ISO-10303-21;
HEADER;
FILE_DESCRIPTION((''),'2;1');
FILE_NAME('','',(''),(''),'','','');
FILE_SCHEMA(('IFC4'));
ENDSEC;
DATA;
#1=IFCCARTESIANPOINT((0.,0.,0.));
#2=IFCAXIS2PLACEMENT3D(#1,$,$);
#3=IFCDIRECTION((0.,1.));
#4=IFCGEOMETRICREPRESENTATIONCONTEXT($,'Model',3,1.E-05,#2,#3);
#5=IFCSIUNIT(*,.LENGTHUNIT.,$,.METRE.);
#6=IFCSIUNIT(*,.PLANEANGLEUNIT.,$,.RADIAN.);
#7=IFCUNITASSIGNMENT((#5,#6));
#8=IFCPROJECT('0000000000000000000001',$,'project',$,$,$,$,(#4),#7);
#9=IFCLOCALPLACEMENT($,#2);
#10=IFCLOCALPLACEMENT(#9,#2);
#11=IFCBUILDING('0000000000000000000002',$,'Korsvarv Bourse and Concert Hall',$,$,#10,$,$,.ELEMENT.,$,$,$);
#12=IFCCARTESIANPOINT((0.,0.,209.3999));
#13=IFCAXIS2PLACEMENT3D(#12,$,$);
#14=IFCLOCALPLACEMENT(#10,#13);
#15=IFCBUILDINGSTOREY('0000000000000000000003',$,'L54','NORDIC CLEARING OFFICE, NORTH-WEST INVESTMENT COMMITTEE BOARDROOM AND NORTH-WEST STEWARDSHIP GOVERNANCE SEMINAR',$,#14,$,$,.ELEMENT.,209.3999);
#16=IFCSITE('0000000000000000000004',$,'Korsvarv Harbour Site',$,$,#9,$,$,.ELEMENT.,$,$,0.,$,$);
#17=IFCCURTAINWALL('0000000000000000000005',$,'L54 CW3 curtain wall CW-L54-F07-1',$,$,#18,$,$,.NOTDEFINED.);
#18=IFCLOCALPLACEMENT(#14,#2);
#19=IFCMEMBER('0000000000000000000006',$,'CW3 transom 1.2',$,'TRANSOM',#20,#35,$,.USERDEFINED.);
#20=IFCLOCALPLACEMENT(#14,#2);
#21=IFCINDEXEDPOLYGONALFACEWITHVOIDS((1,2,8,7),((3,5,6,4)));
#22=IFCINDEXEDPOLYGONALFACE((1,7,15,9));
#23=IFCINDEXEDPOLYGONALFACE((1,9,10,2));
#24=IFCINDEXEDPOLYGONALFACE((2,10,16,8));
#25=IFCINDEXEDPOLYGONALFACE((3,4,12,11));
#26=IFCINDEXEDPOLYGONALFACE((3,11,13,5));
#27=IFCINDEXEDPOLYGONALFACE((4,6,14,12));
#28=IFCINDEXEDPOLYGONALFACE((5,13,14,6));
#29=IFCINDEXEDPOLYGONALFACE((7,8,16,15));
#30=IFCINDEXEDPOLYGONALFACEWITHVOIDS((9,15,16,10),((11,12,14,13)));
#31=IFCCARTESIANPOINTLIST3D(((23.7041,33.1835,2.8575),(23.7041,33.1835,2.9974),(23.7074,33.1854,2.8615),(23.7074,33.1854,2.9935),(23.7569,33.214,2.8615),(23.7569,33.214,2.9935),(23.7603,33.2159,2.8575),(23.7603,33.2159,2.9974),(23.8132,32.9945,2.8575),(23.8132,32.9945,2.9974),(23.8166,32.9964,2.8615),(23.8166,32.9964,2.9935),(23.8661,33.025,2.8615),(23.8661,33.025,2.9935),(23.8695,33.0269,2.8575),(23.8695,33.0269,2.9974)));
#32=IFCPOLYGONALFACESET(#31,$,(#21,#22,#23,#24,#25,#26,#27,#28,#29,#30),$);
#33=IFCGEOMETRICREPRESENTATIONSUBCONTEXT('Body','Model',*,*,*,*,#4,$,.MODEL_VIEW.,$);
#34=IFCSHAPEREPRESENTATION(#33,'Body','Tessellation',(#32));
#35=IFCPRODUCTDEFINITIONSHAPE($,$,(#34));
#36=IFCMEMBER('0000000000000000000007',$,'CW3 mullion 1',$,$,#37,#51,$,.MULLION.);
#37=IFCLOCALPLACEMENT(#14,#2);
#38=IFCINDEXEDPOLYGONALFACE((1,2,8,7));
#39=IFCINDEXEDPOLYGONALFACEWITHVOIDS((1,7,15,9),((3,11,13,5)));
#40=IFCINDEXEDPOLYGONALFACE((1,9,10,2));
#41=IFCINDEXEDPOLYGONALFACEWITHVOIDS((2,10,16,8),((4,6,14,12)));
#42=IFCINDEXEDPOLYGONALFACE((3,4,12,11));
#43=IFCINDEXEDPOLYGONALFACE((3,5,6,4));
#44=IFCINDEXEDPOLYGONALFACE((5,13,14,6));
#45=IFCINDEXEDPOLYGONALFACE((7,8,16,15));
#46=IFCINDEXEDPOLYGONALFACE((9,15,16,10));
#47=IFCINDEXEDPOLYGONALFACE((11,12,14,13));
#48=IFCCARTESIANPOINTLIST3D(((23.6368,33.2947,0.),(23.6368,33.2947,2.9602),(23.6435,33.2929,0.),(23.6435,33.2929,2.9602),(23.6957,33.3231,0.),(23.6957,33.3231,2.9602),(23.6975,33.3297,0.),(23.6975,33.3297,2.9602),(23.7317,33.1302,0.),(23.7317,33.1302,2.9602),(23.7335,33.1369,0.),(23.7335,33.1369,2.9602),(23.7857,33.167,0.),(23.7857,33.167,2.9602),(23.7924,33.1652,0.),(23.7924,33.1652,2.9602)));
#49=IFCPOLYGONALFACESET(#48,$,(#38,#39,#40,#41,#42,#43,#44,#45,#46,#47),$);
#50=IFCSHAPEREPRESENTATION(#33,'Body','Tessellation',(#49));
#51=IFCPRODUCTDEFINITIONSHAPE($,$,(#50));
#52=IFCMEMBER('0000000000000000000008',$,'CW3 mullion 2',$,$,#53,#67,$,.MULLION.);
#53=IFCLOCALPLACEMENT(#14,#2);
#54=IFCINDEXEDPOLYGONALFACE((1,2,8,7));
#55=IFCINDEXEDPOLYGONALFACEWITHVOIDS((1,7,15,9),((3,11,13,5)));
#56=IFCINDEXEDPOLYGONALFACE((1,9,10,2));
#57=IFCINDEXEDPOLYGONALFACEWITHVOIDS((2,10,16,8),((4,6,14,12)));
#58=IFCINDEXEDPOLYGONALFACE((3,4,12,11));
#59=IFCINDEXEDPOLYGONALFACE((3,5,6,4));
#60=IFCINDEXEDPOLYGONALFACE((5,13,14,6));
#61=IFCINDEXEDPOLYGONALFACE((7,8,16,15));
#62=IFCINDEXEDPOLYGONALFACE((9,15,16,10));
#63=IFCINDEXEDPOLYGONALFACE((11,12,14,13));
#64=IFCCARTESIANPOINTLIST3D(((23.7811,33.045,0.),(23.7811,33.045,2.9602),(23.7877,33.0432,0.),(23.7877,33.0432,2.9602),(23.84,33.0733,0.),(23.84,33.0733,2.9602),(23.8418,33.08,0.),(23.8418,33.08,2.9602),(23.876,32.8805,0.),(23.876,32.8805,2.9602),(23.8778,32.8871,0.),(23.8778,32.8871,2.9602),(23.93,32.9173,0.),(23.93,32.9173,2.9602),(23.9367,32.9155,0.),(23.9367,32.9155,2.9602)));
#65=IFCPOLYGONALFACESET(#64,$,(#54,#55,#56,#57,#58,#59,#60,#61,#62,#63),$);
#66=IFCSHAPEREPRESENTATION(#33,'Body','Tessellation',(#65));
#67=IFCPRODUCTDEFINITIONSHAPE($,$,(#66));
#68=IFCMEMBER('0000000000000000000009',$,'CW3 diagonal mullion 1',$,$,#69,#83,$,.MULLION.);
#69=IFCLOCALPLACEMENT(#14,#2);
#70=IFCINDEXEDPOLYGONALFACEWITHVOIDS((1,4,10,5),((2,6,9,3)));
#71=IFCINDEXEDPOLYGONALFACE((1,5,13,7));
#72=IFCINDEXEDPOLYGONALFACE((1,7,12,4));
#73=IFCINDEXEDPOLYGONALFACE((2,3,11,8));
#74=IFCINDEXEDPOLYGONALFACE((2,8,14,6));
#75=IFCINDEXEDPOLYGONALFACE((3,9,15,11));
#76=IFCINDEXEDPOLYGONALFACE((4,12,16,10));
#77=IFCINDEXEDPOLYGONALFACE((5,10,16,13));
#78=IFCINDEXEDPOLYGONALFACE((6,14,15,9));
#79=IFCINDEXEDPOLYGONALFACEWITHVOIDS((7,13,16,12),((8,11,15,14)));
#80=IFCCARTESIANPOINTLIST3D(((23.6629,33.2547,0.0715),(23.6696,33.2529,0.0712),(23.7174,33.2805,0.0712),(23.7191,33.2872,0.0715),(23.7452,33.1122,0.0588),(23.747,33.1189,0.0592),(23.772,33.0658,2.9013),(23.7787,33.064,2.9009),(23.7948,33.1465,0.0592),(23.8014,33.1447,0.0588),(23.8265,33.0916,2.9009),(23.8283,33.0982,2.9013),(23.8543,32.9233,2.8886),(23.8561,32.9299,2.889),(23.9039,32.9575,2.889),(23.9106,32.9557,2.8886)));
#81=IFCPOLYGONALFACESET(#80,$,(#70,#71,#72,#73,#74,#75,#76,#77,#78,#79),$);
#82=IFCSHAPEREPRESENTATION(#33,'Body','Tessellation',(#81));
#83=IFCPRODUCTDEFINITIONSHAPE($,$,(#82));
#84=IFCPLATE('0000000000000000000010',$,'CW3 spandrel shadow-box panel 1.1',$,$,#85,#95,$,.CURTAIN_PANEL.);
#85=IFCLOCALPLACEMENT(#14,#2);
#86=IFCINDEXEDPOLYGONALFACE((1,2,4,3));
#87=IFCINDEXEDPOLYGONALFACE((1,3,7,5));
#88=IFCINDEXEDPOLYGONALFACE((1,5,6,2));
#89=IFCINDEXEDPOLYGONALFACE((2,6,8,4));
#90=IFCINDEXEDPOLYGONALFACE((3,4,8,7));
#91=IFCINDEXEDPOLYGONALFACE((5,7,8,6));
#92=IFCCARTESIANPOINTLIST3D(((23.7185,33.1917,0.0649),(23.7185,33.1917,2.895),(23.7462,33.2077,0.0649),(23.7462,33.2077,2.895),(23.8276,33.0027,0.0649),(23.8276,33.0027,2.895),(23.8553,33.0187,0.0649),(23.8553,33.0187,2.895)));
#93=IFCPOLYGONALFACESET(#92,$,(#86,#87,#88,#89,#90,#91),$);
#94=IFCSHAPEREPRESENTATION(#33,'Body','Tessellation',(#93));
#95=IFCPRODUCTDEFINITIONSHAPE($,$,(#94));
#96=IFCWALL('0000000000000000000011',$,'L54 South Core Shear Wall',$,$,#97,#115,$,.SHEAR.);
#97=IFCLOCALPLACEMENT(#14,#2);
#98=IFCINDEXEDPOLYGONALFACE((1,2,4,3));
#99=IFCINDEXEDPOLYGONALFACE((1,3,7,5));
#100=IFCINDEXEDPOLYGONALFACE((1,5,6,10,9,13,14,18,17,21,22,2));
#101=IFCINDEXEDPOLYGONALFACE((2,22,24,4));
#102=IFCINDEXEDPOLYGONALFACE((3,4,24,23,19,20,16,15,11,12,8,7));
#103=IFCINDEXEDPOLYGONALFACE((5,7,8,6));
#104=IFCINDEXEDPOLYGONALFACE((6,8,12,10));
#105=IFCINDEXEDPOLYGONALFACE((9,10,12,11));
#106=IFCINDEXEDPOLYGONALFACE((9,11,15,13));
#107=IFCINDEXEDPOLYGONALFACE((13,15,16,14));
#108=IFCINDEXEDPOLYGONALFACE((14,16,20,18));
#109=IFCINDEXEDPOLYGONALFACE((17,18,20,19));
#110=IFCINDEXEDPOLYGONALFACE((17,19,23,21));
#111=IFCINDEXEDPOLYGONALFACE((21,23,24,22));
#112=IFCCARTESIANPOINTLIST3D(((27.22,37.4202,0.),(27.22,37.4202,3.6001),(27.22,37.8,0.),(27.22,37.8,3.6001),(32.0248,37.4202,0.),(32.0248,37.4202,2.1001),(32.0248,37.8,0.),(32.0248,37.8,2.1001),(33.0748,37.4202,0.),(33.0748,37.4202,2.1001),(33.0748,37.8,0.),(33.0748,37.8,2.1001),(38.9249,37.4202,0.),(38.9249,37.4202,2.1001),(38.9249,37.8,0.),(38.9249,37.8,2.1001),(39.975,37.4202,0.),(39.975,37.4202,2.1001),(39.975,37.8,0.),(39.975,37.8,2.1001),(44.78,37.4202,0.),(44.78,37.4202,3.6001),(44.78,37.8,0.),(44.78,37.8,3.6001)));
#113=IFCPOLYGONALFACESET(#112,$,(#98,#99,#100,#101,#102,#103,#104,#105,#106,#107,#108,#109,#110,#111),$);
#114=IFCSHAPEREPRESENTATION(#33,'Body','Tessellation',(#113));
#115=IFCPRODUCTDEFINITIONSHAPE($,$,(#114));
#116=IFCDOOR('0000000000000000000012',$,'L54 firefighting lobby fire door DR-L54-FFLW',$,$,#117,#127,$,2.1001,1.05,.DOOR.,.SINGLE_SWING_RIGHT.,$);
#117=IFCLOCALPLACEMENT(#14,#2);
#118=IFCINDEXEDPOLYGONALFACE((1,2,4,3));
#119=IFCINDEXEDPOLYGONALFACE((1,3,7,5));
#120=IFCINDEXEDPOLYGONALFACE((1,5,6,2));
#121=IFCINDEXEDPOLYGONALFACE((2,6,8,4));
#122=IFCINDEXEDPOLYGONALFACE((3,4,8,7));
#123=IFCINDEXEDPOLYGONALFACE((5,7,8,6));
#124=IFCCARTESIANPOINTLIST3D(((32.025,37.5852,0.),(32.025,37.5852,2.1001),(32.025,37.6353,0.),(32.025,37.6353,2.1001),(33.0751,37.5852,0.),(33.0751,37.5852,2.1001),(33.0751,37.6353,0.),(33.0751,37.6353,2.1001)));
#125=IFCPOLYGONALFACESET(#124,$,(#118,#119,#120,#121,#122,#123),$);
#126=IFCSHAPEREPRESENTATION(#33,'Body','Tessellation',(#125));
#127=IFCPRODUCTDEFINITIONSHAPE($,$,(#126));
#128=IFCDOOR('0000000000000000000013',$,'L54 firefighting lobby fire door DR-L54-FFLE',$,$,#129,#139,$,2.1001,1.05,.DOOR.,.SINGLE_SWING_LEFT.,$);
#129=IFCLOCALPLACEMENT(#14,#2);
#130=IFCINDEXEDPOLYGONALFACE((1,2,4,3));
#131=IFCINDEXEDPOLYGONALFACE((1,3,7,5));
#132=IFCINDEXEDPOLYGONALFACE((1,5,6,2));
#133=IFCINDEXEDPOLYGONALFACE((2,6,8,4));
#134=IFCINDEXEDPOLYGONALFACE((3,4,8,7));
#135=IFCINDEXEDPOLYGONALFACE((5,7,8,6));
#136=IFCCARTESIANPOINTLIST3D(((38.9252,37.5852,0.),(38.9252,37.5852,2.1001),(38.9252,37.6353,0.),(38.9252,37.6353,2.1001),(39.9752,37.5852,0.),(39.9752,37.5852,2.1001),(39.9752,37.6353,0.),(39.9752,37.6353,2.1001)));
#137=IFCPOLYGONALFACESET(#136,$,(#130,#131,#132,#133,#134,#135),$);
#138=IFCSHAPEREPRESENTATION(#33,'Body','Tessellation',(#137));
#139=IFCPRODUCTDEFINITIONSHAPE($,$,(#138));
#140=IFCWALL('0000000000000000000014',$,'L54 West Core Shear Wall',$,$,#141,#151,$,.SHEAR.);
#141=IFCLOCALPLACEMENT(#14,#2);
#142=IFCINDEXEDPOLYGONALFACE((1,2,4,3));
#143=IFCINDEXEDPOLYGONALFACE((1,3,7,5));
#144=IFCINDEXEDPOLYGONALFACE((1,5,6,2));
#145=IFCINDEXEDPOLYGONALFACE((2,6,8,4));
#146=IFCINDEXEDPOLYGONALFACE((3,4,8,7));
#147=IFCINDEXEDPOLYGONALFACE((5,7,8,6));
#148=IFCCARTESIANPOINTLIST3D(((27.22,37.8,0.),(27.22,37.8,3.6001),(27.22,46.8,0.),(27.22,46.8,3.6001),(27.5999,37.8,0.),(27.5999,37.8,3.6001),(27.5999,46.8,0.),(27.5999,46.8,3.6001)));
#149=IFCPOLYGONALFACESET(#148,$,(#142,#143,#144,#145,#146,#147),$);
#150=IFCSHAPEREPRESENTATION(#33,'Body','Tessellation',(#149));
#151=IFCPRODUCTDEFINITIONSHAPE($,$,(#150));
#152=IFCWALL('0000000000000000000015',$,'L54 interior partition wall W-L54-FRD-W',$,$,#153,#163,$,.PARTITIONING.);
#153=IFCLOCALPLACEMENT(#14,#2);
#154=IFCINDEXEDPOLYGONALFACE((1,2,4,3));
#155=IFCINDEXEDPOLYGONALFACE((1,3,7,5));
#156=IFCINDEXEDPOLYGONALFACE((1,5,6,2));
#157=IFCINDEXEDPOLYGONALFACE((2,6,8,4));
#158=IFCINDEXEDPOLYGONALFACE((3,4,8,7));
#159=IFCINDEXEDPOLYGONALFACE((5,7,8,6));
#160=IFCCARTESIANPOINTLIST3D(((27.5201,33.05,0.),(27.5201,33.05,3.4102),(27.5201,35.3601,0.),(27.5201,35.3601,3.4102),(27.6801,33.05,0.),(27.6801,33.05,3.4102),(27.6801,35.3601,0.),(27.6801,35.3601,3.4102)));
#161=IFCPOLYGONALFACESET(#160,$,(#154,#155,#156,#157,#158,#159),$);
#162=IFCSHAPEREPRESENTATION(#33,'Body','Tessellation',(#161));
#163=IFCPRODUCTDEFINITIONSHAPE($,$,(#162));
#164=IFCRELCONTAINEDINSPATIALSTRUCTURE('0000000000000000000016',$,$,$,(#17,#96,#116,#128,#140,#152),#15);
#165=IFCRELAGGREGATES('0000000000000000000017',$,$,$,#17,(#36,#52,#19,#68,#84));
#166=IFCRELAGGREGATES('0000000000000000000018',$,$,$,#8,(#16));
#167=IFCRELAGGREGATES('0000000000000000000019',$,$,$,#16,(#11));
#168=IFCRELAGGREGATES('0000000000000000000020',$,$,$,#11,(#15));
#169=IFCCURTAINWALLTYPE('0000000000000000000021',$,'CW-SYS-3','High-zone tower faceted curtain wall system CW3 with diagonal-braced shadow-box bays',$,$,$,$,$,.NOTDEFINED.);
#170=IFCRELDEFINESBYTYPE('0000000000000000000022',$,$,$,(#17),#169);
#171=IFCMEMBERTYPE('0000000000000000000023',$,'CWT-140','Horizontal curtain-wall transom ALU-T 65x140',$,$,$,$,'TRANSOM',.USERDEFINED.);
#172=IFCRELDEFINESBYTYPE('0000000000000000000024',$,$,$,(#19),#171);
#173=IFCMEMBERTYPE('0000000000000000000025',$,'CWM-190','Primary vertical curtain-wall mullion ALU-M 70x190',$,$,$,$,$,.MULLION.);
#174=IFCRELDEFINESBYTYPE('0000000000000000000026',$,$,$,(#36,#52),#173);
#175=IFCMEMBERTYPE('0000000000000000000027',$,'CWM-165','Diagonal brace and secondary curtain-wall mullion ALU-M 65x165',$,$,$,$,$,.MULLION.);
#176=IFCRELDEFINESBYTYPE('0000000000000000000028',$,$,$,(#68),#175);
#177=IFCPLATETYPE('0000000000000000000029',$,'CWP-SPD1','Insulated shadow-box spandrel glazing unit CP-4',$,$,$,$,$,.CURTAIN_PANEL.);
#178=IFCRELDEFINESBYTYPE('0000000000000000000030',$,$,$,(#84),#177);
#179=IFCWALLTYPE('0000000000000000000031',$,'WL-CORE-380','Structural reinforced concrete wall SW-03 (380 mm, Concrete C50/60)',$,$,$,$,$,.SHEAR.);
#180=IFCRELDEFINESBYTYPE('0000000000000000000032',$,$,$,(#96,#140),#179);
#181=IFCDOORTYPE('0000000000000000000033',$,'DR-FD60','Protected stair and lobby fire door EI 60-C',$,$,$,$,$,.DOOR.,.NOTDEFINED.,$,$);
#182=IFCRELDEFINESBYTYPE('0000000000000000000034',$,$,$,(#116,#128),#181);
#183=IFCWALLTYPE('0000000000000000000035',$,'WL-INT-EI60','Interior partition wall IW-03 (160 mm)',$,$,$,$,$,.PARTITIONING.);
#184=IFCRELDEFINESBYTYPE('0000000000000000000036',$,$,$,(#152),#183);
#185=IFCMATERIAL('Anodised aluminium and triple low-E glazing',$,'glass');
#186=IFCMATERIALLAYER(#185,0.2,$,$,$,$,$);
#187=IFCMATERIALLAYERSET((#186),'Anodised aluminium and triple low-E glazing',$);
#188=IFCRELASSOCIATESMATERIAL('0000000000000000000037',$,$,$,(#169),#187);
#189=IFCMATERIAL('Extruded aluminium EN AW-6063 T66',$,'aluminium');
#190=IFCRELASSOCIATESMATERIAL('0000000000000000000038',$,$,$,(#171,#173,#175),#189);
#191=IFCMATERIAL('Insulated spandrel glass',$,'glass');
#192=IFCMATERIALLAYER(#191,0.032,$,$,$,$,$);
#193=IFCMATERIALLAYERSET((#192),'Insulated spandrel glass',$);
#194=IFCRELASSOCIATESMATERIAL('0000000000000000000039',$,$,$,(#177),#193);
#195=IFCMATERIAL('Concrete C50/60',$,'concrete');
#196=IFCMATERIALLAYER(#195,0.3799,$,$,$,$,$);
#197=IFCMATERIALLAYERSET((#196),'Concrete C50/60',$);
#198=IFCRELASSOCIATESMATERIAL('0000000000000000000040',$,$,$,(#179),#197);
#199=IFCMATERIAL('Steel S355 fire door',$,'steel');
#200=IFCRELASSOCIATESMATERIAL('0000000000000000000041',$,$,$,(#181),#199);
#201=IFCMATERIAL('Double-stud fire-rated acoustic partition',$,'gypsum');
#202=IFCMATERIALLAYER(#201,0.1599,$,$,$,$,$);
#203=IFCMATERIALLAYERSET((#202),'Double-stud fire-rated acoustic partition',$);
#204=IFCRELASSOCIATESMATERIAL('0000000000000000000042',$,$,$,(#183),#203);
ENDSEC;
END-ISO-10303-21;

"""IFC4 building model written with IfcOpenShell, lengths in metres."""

from ifc_helpers import new_model, si_unit, direction, frame, frame_2d, origin, origin_2d, place, context, subcontext, project, spatial, rectangle, hollow_rectangle, extrude, source, transform, mapped, material, layer, layer_set, material_profile, profile_set, type_object, element, fill, aggregate, save


model = new_model("IFC4")

# Units and contexts
model_context = context("Model", 3, precision=1e-05, world=origin(), true_north=direction((0.0, 1.0)))
body_context = subcontext(model_context, "Body", "Model", "MODEL_VIEW")
ifc_project = project(units=[si_unit("LENGTHUNIT", "METRE"), si_unit("PLANEANGLEUNIT", "RADIAN")], contexts=[model_context])

# Site, building, storey
site_placement = place(None, origin())
site = spatial("IfcSite", under=ifc_project, at=site_placement, Name="Korsvarv Harbour Site", CompositionType="ELEMENT", RefElevation=0.0)
building_placement = place(site_placement, origin())
building = spatial("IfcBuilding", under=site, at=building_placement, Name="Korsvarv Bourse and Concert Hall", CompositionType="ELEMENT")
storey_placement = place(building_placement, frame((0.0, 0.0, 209.3999)))
storey = spatial("IfcBuildingStorey", under=building, at=storey_placement, Name="L54", Description="NORDIC CLEARING OFFICE, NORTH-WEST INVESTMENT COMMITTEE BOARDROOM AND NORTH-WEST STEWARDSHIP GOVERNANCE SEMINAR", CompositionType="ELEMENT", Elevation=209.3999)

# Curtain wall, members, plate
ifc_material_1 = material(Name="Anodised aluminium and triple low-E glazing", Category="glass")
ifc_layer_1 = layer(ifc_material_1, 0.2)
ifc_layer_set_1 = layer_set([ifc_layer_1], Name="Anodised aluminium and triple low-E glazing")
curtain_wall_type = type_object("IfcCurtainWallType", Name="CW-SYS-3", Description="High-zone tower faceted curtain wall system CW3 with diagonal-braced shadow-box bays", PredefinedType="NOTDEFINED", material=ifc_layer_set_1)
curtain_wall_placement = place(storey_placement, origin())
curtain_wall = element("IfcCurtainWall", 1, at=curtain_wall_placement, inside=storey, type_object=curtain_wall_type, Name="L54 CW3 curtain wall CW-L54-F07-1", PredefinedType="NOTDEFINED")
ifc_material_2 = material(Name="Extruded aluminium EN AW-6063 T66", Category="aluminium")
ifc_material_profile_1 = material_profile(ifc_material_2, hollow_rectangle(XDim=0.0649, YDim=0.1399, WallThickness=0.0039, at=origin_2d()), Name="ALU-T 65x140")
ifc_profile_set_1 = profile_set([ifc_material_profile_1], Name="Extruded aluminium EN AW-6063 T66")
member_type_1 = type_object("IfcMemberType", Name="CWT-140", Description="Horizontal curtain-wall transom ALU-T 65x140", ElementType="TRANSOM", PredefinedType="USERDEFINED", material=ifc_profile_set_1)
shared_shape_1 = source(origin(), body_context, "Body", "SweptSolid", [
    extrude(hollow_rectangle(XDim=0.0649, YDim=0.1399, WallThickness=0.0039, at=origin_2d()), origin(), (0.0, 0.0, 1.0), 0.2183),
])
member_1_placement = place(storey_placement, frame((23.7322, 33.1997, 2.9275), z_axis=(0.50011, -0.865962, 0.0), x_axis=(0.865962, 0.50011, 0.0)))
member_1 = element("IfcMember", 2, at=member_1_placement, type_object=member_type_1, Name="CW3 transom 1.2", ObjectType="TRANSOM", PredefinedType="USERDEFINED", context=body_context, shape_type="MappedRepresentation", body=[
    mapped(shared_shape_1, transform((0.0, 0.0, 0.0), scale=1.0)),
])
ifc_material_profile_2 = material_profile(ifc_material_2, hollow_rectangle(XDim=0.0701, YDim=0.1899, WallThickness=0.0049, at=origin_2d()), Name="ALU-M 70x190")
ifc_profile_set_2 = profile_set([ifc_material_profile_2], Name="Extruded aluminium EN AW-6063 T66")
member_type_2 = type_object("IfcMemberType", Name="CWM-190", Description="Primary vertical curtain-wall mullion ALU-M 70x190", PredefinedType="MULLION", material=ifc_profile_set_2)
shared_shape_2 = source(origin(), body_context, "Body", "SweptSolid", [
    extrude(hollow_rectangle(XDim=0.0701, YDim=0.1899, WallThickness=0.0049, at=origin_2d()), origin(), (0.0, 0.0, 1.0), 2.9602),
])
member_2_placement = place(storey_placement, frame((23.7146, 33.23, 0.0), z_axis=(0.0, 0.0, 1.0), x_axis=(0.866088, 0.499892, 0.0)))
member_2 = element("IfcMember", 3, at=member_2_placement, type_object=member_type_2, Name="CW3 mullion 1", PredefinedType="MULLION", context=body_context, shape_type="MappedRepresentation", body=[
    mapped(shared_shape_2, transform((0.0, 0.0, 0.0), scale=1.0)),
])
member_3_placement = place(storey_placement, frame((23.8589, 32.9802, 0.0), z_axis=(0.0, 0.0, 1.0), x_axis=(0.866088, 0.499892, 0.0)))
member_3 = element("IfcMember", 4, at=member_3_placement, type_object=member_type_2, Name="CW3 mullion 2", PredefinedType="MULLION", context=body_context, shape_type="MappedRepresentation", body=[
    mapped(shared_shape_2, transform((0.0, 0.0, 0.0), scale=1.0)),
])
ifc_material_profile_3 = material_profile(ifc_material_2, hollow_rectangle(XDim=0.0649, YDim=0.165, WallThickness=0.0049, at=origin_2d()), Name="ALU-M 65x165")
ifc_profile_set_3 = profile_set([ifc_material_profile_3], Name="Extruded aluminium EN AW-6063 T66")
member_type_3 = type_object("IfcMemberType", Name="CWM-165", Description="Diagonal brace and secondary curtain-wall mullion ALU-M 65x165", PredefinedType="MULLION", material=ifc_profile_set_3)
shared_shape_3 = source(origin(), body_context, "Body", "SweptSolid", [
    extrude(hollow_rectangle(XDim=0.0649, YDim=0.165, WallThickness=0.0049, at=origin_2d()), origin(), (0.0, 0.0, 1.0), 2.8381),
])
member_4_placement = place(storey_placement, frame((23.7322, 33.1997, 0.0652), z_axis=(0.03845, -0.066578, 0.99704), x_axis=(0.865962, 0.50011, 0.0)))
member_4 = element("IfcMember", 5, at=member_4_placement, type_object=member_type_3, Name="CW3 diagonal mullion 1", PredefinedType="MULLION", context=body_context, shape_type="MappedRepresentation", body=[
    mapped(shared_shape_3, transform((0.0, 0.0, 0.0), scale=1.0)),
])
ifc_material_3 = material(Name="Insulated spandrel glass", Category="glass")
ifc_layer_2 = layer(ifc_material_3, 0.032)
ifc_layer_set_2 = layer_set([ifc_layer_2], Name="Insulated spandrel glass")
plate_type = type_object("IfcPlateType", Name="CWP-SPD1", Description="Insulated shadow-box spandrel glazing unit CP-4", PredefinedType="CURTAIN_PANEL", material=ifc_layer_set_2)
shared_shape_4 = source(origin(), body_context, "Body", "SweptSolid", [
    extrude(rectangle(XDim=0.2183, YDim=0.032, at=origin_2d()), origin(), (0.0, 0.0, 1.0), 2.8301),
])
plate_placement = place(storey_placement, frame((23.7869, 33.1052, 0.0649), z_axis=(0.0, 0.0, 1.0), x_axis=(0.499892, -0.866088, 0.0)))
plate = element("IfcPlate", 6, at=plate_placement, type_object=plate_type, Name="CW3 spandrel shadow-box panel 1.1", PredefinedType="CURTAIN_PANEL", context=body_context, shape_type="MappedRepresentation", body=[
    mapped(shared_shape_4, transform((0.0, 0.0, 0.0), scale=1.0)),
])
aggregate(curtain_wall, [member_2, member_3, member_1, member_4, plate])

# Wall, openings, doors
ifc_material_4 = material(Name="Concrete C50/60", Category="concrete")
ifc_layer_3 = layer(ifc_material_4, 0.3799)
ifc_layer_set_3 = layer_set([ifc_layer_3], Name="Concrete C50/60")
wall_type_1 = type_object("IfcWallType", Name="WL-CORE-380", Description="Structural reinforced concrete wall SW-03 (380 mm, Concrete C50/60)", PredefinedType="SHEAR", material=ifc_layer_set_3)
wall_1_placement = place(storey_placement, frame((27.22, 37.6101, 0.0), z_axis=(0.0, 0.0, 1.0), x_axis=(1.0, 0.0, 0.0)))
wall_1 = element("IfcWall", 7, at=wall_1_placement, inside=storey, type_object=wall_type_1, Name="L54 South Core Shear Wall", PredefinedType="SHEAR", context=body_context, shape_type="SweptSolid", body=[
    extrude(rectangle(XDim=17.5601, YDim=0.3799, at=frame_2d((8.78, 0.0))), origin(), (0.0, 0.0, 1.0), 3.6001),
])
opening_1_placement = place(wall_1_placement, frame((4.8049, 0.0, 0.0)))
opening_1 = element("IfcOpeningElement", 8, at=opening_1_placement, cuts=wall_1, PredefinedType="OPENING", context=body_context, shape_type="SweptSolid", body=[
    extrude(rectangle(XDim=1.05, YDim=2.1001, at=frame_2d((0.5249, 1.05))), frame((0.0, 0.2, 0.0), z_axis=(0.0, -1.0, 0.0), x_axis=(1.0, 0.0, 0.0)), (0.0, 0.0, 1.0), 0.3999),
])
opening_2_placement = place(wall_1_placement, frame((11.7051, 0.0, 0.0)))
opening_2 = element("IfcOpeningElement", 9, at=opening_2_placement, cuts=wall_1, PredefinedType="OPENING", context=body_context, shape_type="SweptSolid", body=[
    extrude(rectangle(XDim=1.05, YDim=2.1001, at=frame_2d((0.5249, 1.05))), frame((0.0, 0.2, 0.0), z_axis=(0.0, -1.0, 0.0), x_axis=(1.0, 0.0, 0.0)), (0.0, 0.0, 1.0), 0.3999),
])
ifc_material_5 = material(Name="Steel S355 fire door", Category="steel")
door_type = type_object("IfcDoorType", Name="DR-FD60", Description="Protected stair and lobby fire door EI 60-C", OperationType="NOTDEFINED", PredefinedType="DOOR", material=ifc_material_5)
door_1_placement = place(opening_1_placement, frame((1.05, 0.0, 0.0), z_axis=(0.0, 0.0, 1.0), x_axis=(-1.0, 0.0, 0.0)))
door_1 = element("IfcDoor", 10, at=door_1_placement, inside=storey, type_object=door_type, Name="L54 firefighting lobby fire door DR-L54-FFLW", OperationType="SINGLE_SWING_RIGHT", OverallHeight=2.1001, OverallWidth=1.05, PredefinedType="DOOR", context=body_context, shape_type="SweptSolid", body=[
    extrude(rectangle(XDim=1.05, YDim=2.1001, at=frame_2d((0.5249, 1.05))), frame((0.0, 0.0249, 0.0), z_axis=(0.0, -1.0, 0.0), x_axis=(1.0, 0.0, 0.0)), (0.0, 0.0, 1.0), 0.05),
])
fill(opening_1, door_1)
door_2_placement = place(opening_2_placement, frame((1.05, 0.0, 0.0), z_axis=(0.0, 0.0, 1.0), x_axis=(-1.0, 0.0, 0.0)))
door_2 = element("IfcDoor", 11, at=door_2_placement, inside=storey, type_object=door_type, Name="L54 firefighting lobby fire door DR-L54-FFLE", OperationType="SINGLE_SWING_LEFT", OverallHeight=2.1001, OverallWidth=1.05, PredefinedType="DOOR", context=body_context, shape_type="SweptSolid", body=[
    extrude(rectangle(XDim=1.05, YDim=2.1001, at=frame_2d((0.5249, 1.05))), frame((0.0, 0.0249, 0.0), z_axis=(0.0, -1.0, 0.0), x_axis=(1.0, 0.0, 0.0)), (0.0, 0.0, 1.0), 0.05),
])
fill(opening_2, door_2)

# Walls
wall_2_placement = place(storey_placement, frame((27.4099, 37.8, 0.0), z_axis=(0.0, 0.0, 1.0), x_axis=(0.0, 1.0, 0.0)))
element("IfcWall", 12, at=wall_2_placement, inside=storey, type_object=wall_type_1, Name="L54 West Core Shear Wall", PredefinedType="SHEAR", context=body_context, shape_type="SweptSolid", body=[
    extrude(rectangle(XDim=9.0, YDim=0.3799, at=frame_2d((4.5, 0.0))), origin(), (0.0, 0.0, 1.0), 3.6001),
])
ifc_material_6 = material(Name="Double-stud fire-rated acoustic partition", Category="gypsum")
ifc_layer_4 = layer(ifc_material_6, 0.1599)
ifc_layer_set_4 = layer_set([ifc_layer_4], Name="Double-stud fire-rated acoustic partition")
wall_type_2 = type_object("IfcWallType", Name="WL-INT-EI60", Description="Interior partition wall IW-03 (160 mm)", PredefinedType="PARTITIONING", material=ifc_layer_set_4)
wall_3_placement = place(storey_placement, frame((27.6001, 33.05, 0.0), z_axis=(0.0, 0.0, 1.0), x_axis=(0.0, 1.0, 0.0)))
element("IfcWall", 13, at=wall_3_placement, inside=storey, type_object=wall_type_2, Name="L54 interior partition wall W-L54-FRD-W", PredefinedType="PARTITIONING", context=body_context, shape_type="SweptSolid", body=[
    extrude(rectangle(XDim=2.3101, YDim=0.1599, at=frame_2d((1.155, 0.0))), origin(), (0.0, 0.0, 1.0), 3.4102),
])

save(model, "model.ifc")
